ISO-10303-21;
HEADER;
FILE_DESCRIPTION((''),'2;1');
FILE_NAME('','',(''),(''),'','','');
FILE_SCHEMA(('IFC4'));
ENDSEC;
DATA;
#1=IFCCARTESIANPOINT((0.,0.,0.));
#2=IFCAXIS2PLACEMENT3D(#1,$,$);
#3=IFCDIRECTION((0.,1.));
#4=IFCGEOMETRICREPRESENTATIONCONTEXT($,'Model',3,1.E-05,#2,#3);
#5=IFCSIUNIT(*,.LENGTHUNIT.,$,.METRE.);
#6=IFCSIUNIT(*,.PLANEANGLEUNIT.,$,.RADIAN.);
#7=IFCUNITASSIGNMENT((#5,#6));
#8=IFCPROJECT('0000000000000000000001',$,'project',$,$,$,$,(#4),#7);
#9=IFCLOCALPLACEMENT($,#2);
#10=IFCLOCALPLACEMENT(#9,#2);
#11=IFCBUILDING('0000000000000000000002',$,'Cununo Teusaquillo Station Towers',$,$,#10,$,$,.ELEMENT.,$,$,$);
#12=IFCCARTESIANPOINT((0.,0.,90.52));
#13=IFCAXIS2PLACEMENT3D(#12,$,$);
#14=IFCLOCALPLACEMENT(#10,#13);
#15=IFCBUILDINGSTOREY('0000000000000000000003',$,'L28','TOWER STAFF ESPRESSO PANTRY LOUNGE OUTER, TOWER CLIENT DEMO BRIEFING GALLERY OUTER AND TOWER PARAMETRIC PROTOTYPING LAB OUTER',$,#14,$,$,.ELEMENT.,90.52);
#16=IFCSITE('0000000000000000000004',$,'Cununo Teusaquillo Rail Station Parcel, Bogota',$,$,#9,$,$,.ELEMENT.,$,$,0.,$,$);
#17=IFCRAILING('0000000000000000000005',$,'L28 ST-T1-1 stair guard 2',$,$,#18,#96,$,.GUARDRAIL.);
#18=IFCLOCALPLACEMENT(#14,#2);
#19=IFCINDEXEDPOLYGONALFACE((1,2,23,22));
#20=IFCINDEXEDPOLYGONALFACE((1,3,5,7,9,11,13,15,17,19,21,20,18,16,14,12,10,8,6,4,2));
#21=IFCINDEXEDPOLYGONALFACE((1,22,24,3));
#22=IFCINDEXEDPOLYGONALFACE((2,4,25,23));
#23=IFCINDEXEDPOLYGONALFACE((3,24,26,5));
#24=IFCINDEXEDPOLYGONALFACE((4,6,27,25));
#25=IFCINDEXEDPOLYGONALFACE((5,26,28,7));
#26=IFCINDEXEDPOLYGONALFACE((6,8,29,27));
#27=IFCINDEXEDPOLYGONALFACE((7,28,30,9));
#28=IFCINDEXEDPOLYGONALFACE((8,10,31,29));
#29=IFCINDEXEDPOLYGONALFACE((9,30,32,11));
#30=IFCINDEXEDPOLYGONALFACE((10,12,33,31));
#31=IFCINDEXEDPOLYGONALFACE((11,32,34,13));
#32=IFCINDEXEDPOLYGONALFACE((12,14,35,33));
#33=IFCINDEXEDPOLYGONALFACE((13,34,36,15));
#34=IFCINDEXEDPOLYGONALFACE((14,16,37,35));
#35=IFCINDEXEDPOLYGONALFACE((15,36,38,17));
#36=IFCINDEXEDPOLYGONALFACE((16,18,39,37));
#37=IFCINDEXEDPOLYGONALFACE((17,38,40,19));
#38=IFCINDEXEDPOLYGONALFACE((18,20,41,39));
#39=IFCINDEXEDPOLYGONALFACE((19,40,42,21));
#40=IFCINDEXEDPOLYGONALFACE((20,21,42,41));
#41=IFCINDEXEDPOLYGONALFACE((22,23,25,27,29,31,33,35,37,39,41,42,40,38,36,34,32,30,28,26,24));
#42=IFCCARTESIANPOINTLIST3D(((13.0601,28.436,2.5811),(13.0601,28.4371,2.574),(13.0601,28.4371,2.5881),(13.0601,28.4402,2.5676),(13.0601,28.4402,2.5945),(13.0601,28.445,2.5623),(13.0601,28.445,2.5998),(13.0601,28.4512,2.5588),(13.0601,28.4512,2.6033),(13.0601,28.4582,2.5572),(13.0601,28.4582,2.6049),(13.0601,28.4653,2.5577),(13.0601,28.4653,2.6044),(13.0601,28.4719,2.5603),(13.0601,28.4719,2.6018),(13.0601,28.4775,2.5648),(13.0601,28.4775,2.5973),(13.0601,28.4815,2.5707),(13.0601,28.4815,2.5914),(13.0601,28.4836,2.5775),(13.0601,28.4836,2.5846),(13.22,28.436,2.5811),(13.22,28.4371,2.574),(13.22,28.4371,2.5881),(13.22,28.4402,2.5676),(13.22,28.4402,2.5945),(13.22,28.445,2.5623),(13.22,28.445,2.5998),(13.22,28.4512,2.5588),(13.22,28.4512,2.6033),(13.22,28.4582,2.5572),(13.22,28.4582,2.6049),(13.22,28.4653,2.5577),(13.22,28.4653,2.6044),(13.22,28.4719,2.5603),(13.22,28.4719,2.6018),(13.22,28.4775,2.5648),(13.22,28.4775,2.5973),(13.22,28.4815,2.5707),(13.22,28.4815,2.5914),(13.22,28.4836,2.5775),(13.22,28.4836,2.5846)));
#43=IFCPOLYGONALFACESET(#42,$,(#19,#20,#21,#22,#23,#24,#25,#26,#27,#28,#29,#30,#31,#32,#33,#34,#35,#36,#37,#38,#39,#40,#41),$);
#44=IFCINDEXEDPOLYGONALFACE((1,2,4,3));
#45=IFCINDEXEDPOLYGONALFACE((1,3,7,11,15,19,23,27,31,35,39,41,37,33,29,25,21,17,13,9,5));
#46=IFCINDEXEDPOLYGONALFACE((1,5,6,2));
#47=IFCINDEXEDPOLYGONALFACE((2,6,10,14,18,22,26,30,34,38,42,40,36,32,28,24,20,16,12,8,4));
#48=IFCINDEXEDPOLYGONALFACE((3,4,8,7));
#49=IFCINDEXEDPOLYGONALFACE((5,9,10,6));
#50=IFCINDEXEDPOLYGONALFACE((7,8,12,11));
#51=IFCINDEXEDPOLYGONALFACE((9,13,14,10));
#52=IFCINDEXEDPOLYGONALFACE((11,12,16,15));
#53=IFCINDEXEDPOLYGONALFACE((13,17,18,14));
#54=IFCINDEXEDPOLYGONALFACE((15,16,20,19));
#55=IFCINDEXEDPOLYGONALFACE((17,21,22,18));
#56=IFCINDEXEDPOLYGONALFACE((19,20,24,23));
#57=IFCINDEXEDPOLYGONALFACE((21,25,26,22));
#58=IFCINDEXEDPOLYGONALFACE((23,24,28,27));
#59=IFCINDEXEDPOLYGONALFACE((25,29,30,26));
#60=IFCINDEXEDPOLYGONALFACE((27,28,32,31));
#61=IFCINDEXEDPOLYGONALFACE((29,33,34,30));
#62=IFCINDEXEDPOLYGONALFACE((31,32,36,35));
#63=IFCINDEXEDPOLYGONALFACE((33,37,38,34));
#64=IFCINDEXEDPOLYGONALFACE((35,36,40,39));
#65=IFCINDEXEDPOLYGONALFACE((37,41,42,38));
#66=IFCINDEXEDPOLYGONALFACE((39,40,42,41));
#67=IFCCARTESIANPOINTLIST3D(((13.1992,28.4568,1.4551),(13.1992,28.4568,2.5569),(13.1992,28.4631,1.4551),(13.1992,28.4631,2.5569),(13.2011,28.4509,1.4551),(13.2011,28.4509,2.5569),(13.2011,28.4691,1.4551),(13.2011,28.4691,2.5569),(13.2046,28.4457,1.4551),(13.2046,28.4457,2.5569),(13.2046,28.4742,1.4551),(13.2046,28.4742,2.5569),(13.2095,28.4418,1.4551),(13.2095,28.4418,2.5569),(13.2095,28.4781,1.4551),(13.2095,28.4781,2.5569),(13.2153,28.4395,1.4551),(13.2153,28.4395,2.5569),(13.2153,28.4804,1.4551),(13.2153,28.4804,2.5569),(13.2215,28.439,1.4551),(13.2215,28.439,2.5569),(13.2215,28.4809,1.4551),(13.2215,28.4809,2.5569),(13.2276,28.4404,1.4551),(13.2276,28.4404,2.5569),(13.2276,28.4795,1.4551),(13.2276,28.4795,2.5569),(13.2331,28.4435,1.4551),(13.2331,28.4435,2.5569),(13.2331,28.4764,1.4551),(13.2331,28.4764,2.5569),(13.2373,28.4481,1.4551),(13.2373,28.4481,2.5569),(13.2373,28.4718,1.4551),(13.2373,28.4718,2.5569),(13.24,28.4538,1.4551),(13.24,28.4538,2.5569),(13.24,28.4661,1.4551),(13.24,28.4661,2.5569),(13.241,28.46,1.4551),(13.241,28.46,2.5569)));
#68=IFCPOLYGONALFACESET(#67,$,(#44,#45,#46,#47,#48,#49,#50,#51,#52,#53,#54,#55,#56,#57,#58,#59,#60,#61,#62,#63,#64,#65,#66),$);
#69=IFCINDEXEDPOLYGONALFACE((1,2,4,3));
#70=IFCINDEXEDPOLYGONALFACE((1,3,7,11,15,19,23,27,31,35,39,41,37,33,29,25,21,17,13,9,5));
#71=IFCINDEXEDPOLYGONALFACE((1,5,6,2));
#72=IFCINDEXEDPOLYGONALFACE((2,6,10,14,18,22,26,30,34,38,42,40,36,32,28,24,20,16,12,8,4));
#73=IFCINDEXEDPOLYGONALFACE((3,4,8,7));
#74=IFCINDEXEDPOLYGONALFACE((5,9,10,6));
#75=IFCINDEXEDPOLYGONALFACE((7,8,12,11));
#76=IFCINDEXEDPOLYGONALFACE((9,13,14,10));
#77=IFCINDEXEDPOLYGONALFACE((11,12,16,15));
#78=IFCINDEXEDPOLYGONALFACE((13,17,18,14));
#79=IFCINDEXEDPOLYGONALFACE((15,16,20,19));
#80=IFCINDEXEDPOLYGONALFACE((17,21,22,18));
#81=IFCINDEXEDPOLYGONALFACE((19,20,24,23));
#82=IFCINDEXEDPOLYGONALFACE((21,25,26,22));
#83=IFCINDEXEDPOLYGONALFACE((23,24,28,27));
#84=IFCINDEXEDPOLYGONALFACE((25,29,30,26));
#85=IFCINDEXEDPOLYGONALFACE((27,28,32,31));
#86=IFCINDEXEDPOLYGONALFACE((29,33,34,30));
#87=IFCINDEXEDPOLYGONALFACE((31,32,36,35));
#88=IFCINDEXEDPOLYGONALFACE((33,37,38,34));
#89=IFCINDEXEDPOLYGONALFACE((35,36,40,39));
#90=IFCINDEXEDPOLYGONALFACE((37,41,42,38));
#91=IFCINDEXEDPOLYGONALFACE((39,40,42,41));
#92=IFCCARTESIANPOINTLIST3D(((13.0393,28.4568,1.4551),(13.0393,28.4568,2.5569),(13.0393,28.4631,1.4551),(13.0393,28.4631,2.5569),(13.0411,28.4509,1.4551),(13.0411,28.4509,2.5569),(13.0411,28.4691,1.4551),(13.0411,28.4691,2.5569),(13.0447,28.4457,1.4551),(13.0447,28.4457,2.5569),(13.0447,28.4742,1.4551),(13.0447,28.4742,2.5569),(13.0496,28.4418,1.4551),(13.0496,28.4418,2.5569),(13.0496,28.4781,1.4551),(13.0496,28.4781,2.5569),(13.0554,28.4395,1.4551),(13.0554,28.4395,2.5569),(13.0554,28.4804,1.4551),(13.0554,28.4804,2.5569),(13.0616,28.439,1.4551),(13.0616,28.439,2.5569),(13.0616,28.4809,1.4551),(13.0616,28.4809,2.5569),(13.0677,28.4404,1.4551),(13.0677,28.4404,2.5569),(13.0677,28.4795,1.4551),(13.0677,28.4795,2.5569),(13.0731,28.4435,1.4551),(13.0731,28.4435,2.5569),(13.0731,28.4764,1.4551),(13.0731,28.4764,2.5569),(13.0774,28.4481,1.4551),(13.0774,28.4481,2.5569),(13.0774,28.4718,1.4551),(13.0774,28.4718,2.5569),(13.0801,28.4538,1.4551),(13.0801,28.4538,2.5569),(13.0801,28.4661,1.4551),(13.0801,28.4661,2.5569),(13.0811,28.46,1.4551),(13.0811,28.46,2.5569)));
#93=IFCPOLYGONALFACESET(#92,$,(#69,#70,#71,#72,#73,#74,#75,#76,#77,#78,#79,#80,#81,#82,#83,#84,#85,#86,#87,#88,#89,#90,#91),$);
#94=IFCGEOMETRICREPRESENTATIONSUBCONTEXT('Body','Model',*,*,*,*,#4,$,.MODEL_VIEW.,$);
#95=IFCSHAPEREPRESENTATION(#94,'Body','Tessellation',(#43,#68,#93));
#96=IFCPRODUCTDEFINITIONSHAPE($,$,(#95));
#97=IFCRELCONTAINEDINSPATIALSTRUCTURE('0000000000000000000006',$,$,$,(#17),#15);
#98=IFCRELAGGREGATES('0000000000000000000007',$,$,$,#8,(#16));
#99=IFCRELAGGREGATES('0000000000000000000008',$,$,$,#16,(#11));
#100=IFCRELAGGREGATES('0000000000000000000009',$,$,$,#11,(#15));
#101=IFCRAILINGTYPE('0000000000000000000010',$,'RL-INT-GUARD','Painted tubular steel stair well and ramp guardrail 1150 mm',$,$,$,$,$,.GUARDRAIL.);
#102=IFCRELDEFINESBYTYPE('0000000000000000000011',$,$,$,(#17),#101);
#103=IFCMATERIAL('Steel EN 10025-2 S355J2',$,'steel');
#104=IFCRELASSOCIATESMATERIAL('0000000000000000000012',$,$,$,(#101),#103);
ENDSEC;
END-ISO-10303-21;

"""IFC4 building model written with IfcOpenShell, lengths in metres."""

from ifc_helpers import new_model, si_unit, direction, frame, origin, origin_2d, place, context, subcontext, project, spatial, circle, extrude, material, type_object, element, save


model = new_model("IFC4")

# Units and contexts
model_context = context("Model", 3, precision=1e-05, world=origin(), true_north=direction((0.0, 1.0)))
body_context = subcontext(model_context, "Body", "Model", "MODEL_VIEW")
ifc_project = project(units=[si_unit("LENGTHUNIT", "METRE"), si_unit("PLANEANGLEUNIT", "RADIAN")], contexts=[model_context])

# Site, building, storey
site_placement = place(None, origin())
site = spatial("IfcSite", under=ifc_project, at=site_placement, Name="Cununo Teusaquillo Rail Station Parcel, Bogota", CompositionType="ELEMENT", RefElevation=0.0)
building_placement = place(site_placement, origin())
building = spatial("IfcBuilding", under=site, at=building_placement, Name="Cununo Teusaquillo Station Towers", CompositionType="ELEMENT")
storey_placement = place(building_placement, frame((0.0, 0.0, 90.52)))
storey = spatial("IfcBuildingStorey", under=building, at=storey_placement, Name="L28", Description="TOWER STAFF ESPRESSO PANTRY LOUNGE OUTER, TOWER CLIENT DEMO BRIEFING GALLERY OUTER AND TOWER PARAMETRIC PROTOTYPING LAB OUTER", CompositionType="ELEMENT", Elevation=90.52)

# Railing
ifc_material_1 = material(Name="Steel EN 10025-2 S355J2", Category="steel")
railing_type_1 = type_object("IfcRailingType", Name="RL-INT-GUARD", Description="Painted tubular steel stair well and ramp guardrail 1150 mm", PredefinedType="GUARDRAIL", material=ifc_material_1)
railing_1_placement = place(storey_placement, frame((13.22, 28.46, 1.4551)))
element("IfcRailing", 1, at=railing_1_placement, inside=storey, type_object=railing_type_1, Name="L28 ST-T1-1 stair guard 2", PredefinedType="GUARDRAIL", context=body_context, shape_type="SweptSolid", body=[
    extrude(circle(Radius=0.0239, at=origin_2d()), frame((0.0, 0.0, 1.126), z_axis=(-1.0, 0.0, 0.0), x_axis=(0.0, -1.0, 0.0)), (0.0, 0.0, 1.0), 0.1599),
    extrude(circle(Radius=0.021, at=origin_2d()), origin(), (0.0, 0.0, 1.0), 1.1018),
    extrude(circle(Radius=0.021, at=origin_2d()), frame((-0.1599, 0.0, 0.0)), (0.0, 0.0, 1.0), 1.1018),
])

save(model, "model.ifc")
